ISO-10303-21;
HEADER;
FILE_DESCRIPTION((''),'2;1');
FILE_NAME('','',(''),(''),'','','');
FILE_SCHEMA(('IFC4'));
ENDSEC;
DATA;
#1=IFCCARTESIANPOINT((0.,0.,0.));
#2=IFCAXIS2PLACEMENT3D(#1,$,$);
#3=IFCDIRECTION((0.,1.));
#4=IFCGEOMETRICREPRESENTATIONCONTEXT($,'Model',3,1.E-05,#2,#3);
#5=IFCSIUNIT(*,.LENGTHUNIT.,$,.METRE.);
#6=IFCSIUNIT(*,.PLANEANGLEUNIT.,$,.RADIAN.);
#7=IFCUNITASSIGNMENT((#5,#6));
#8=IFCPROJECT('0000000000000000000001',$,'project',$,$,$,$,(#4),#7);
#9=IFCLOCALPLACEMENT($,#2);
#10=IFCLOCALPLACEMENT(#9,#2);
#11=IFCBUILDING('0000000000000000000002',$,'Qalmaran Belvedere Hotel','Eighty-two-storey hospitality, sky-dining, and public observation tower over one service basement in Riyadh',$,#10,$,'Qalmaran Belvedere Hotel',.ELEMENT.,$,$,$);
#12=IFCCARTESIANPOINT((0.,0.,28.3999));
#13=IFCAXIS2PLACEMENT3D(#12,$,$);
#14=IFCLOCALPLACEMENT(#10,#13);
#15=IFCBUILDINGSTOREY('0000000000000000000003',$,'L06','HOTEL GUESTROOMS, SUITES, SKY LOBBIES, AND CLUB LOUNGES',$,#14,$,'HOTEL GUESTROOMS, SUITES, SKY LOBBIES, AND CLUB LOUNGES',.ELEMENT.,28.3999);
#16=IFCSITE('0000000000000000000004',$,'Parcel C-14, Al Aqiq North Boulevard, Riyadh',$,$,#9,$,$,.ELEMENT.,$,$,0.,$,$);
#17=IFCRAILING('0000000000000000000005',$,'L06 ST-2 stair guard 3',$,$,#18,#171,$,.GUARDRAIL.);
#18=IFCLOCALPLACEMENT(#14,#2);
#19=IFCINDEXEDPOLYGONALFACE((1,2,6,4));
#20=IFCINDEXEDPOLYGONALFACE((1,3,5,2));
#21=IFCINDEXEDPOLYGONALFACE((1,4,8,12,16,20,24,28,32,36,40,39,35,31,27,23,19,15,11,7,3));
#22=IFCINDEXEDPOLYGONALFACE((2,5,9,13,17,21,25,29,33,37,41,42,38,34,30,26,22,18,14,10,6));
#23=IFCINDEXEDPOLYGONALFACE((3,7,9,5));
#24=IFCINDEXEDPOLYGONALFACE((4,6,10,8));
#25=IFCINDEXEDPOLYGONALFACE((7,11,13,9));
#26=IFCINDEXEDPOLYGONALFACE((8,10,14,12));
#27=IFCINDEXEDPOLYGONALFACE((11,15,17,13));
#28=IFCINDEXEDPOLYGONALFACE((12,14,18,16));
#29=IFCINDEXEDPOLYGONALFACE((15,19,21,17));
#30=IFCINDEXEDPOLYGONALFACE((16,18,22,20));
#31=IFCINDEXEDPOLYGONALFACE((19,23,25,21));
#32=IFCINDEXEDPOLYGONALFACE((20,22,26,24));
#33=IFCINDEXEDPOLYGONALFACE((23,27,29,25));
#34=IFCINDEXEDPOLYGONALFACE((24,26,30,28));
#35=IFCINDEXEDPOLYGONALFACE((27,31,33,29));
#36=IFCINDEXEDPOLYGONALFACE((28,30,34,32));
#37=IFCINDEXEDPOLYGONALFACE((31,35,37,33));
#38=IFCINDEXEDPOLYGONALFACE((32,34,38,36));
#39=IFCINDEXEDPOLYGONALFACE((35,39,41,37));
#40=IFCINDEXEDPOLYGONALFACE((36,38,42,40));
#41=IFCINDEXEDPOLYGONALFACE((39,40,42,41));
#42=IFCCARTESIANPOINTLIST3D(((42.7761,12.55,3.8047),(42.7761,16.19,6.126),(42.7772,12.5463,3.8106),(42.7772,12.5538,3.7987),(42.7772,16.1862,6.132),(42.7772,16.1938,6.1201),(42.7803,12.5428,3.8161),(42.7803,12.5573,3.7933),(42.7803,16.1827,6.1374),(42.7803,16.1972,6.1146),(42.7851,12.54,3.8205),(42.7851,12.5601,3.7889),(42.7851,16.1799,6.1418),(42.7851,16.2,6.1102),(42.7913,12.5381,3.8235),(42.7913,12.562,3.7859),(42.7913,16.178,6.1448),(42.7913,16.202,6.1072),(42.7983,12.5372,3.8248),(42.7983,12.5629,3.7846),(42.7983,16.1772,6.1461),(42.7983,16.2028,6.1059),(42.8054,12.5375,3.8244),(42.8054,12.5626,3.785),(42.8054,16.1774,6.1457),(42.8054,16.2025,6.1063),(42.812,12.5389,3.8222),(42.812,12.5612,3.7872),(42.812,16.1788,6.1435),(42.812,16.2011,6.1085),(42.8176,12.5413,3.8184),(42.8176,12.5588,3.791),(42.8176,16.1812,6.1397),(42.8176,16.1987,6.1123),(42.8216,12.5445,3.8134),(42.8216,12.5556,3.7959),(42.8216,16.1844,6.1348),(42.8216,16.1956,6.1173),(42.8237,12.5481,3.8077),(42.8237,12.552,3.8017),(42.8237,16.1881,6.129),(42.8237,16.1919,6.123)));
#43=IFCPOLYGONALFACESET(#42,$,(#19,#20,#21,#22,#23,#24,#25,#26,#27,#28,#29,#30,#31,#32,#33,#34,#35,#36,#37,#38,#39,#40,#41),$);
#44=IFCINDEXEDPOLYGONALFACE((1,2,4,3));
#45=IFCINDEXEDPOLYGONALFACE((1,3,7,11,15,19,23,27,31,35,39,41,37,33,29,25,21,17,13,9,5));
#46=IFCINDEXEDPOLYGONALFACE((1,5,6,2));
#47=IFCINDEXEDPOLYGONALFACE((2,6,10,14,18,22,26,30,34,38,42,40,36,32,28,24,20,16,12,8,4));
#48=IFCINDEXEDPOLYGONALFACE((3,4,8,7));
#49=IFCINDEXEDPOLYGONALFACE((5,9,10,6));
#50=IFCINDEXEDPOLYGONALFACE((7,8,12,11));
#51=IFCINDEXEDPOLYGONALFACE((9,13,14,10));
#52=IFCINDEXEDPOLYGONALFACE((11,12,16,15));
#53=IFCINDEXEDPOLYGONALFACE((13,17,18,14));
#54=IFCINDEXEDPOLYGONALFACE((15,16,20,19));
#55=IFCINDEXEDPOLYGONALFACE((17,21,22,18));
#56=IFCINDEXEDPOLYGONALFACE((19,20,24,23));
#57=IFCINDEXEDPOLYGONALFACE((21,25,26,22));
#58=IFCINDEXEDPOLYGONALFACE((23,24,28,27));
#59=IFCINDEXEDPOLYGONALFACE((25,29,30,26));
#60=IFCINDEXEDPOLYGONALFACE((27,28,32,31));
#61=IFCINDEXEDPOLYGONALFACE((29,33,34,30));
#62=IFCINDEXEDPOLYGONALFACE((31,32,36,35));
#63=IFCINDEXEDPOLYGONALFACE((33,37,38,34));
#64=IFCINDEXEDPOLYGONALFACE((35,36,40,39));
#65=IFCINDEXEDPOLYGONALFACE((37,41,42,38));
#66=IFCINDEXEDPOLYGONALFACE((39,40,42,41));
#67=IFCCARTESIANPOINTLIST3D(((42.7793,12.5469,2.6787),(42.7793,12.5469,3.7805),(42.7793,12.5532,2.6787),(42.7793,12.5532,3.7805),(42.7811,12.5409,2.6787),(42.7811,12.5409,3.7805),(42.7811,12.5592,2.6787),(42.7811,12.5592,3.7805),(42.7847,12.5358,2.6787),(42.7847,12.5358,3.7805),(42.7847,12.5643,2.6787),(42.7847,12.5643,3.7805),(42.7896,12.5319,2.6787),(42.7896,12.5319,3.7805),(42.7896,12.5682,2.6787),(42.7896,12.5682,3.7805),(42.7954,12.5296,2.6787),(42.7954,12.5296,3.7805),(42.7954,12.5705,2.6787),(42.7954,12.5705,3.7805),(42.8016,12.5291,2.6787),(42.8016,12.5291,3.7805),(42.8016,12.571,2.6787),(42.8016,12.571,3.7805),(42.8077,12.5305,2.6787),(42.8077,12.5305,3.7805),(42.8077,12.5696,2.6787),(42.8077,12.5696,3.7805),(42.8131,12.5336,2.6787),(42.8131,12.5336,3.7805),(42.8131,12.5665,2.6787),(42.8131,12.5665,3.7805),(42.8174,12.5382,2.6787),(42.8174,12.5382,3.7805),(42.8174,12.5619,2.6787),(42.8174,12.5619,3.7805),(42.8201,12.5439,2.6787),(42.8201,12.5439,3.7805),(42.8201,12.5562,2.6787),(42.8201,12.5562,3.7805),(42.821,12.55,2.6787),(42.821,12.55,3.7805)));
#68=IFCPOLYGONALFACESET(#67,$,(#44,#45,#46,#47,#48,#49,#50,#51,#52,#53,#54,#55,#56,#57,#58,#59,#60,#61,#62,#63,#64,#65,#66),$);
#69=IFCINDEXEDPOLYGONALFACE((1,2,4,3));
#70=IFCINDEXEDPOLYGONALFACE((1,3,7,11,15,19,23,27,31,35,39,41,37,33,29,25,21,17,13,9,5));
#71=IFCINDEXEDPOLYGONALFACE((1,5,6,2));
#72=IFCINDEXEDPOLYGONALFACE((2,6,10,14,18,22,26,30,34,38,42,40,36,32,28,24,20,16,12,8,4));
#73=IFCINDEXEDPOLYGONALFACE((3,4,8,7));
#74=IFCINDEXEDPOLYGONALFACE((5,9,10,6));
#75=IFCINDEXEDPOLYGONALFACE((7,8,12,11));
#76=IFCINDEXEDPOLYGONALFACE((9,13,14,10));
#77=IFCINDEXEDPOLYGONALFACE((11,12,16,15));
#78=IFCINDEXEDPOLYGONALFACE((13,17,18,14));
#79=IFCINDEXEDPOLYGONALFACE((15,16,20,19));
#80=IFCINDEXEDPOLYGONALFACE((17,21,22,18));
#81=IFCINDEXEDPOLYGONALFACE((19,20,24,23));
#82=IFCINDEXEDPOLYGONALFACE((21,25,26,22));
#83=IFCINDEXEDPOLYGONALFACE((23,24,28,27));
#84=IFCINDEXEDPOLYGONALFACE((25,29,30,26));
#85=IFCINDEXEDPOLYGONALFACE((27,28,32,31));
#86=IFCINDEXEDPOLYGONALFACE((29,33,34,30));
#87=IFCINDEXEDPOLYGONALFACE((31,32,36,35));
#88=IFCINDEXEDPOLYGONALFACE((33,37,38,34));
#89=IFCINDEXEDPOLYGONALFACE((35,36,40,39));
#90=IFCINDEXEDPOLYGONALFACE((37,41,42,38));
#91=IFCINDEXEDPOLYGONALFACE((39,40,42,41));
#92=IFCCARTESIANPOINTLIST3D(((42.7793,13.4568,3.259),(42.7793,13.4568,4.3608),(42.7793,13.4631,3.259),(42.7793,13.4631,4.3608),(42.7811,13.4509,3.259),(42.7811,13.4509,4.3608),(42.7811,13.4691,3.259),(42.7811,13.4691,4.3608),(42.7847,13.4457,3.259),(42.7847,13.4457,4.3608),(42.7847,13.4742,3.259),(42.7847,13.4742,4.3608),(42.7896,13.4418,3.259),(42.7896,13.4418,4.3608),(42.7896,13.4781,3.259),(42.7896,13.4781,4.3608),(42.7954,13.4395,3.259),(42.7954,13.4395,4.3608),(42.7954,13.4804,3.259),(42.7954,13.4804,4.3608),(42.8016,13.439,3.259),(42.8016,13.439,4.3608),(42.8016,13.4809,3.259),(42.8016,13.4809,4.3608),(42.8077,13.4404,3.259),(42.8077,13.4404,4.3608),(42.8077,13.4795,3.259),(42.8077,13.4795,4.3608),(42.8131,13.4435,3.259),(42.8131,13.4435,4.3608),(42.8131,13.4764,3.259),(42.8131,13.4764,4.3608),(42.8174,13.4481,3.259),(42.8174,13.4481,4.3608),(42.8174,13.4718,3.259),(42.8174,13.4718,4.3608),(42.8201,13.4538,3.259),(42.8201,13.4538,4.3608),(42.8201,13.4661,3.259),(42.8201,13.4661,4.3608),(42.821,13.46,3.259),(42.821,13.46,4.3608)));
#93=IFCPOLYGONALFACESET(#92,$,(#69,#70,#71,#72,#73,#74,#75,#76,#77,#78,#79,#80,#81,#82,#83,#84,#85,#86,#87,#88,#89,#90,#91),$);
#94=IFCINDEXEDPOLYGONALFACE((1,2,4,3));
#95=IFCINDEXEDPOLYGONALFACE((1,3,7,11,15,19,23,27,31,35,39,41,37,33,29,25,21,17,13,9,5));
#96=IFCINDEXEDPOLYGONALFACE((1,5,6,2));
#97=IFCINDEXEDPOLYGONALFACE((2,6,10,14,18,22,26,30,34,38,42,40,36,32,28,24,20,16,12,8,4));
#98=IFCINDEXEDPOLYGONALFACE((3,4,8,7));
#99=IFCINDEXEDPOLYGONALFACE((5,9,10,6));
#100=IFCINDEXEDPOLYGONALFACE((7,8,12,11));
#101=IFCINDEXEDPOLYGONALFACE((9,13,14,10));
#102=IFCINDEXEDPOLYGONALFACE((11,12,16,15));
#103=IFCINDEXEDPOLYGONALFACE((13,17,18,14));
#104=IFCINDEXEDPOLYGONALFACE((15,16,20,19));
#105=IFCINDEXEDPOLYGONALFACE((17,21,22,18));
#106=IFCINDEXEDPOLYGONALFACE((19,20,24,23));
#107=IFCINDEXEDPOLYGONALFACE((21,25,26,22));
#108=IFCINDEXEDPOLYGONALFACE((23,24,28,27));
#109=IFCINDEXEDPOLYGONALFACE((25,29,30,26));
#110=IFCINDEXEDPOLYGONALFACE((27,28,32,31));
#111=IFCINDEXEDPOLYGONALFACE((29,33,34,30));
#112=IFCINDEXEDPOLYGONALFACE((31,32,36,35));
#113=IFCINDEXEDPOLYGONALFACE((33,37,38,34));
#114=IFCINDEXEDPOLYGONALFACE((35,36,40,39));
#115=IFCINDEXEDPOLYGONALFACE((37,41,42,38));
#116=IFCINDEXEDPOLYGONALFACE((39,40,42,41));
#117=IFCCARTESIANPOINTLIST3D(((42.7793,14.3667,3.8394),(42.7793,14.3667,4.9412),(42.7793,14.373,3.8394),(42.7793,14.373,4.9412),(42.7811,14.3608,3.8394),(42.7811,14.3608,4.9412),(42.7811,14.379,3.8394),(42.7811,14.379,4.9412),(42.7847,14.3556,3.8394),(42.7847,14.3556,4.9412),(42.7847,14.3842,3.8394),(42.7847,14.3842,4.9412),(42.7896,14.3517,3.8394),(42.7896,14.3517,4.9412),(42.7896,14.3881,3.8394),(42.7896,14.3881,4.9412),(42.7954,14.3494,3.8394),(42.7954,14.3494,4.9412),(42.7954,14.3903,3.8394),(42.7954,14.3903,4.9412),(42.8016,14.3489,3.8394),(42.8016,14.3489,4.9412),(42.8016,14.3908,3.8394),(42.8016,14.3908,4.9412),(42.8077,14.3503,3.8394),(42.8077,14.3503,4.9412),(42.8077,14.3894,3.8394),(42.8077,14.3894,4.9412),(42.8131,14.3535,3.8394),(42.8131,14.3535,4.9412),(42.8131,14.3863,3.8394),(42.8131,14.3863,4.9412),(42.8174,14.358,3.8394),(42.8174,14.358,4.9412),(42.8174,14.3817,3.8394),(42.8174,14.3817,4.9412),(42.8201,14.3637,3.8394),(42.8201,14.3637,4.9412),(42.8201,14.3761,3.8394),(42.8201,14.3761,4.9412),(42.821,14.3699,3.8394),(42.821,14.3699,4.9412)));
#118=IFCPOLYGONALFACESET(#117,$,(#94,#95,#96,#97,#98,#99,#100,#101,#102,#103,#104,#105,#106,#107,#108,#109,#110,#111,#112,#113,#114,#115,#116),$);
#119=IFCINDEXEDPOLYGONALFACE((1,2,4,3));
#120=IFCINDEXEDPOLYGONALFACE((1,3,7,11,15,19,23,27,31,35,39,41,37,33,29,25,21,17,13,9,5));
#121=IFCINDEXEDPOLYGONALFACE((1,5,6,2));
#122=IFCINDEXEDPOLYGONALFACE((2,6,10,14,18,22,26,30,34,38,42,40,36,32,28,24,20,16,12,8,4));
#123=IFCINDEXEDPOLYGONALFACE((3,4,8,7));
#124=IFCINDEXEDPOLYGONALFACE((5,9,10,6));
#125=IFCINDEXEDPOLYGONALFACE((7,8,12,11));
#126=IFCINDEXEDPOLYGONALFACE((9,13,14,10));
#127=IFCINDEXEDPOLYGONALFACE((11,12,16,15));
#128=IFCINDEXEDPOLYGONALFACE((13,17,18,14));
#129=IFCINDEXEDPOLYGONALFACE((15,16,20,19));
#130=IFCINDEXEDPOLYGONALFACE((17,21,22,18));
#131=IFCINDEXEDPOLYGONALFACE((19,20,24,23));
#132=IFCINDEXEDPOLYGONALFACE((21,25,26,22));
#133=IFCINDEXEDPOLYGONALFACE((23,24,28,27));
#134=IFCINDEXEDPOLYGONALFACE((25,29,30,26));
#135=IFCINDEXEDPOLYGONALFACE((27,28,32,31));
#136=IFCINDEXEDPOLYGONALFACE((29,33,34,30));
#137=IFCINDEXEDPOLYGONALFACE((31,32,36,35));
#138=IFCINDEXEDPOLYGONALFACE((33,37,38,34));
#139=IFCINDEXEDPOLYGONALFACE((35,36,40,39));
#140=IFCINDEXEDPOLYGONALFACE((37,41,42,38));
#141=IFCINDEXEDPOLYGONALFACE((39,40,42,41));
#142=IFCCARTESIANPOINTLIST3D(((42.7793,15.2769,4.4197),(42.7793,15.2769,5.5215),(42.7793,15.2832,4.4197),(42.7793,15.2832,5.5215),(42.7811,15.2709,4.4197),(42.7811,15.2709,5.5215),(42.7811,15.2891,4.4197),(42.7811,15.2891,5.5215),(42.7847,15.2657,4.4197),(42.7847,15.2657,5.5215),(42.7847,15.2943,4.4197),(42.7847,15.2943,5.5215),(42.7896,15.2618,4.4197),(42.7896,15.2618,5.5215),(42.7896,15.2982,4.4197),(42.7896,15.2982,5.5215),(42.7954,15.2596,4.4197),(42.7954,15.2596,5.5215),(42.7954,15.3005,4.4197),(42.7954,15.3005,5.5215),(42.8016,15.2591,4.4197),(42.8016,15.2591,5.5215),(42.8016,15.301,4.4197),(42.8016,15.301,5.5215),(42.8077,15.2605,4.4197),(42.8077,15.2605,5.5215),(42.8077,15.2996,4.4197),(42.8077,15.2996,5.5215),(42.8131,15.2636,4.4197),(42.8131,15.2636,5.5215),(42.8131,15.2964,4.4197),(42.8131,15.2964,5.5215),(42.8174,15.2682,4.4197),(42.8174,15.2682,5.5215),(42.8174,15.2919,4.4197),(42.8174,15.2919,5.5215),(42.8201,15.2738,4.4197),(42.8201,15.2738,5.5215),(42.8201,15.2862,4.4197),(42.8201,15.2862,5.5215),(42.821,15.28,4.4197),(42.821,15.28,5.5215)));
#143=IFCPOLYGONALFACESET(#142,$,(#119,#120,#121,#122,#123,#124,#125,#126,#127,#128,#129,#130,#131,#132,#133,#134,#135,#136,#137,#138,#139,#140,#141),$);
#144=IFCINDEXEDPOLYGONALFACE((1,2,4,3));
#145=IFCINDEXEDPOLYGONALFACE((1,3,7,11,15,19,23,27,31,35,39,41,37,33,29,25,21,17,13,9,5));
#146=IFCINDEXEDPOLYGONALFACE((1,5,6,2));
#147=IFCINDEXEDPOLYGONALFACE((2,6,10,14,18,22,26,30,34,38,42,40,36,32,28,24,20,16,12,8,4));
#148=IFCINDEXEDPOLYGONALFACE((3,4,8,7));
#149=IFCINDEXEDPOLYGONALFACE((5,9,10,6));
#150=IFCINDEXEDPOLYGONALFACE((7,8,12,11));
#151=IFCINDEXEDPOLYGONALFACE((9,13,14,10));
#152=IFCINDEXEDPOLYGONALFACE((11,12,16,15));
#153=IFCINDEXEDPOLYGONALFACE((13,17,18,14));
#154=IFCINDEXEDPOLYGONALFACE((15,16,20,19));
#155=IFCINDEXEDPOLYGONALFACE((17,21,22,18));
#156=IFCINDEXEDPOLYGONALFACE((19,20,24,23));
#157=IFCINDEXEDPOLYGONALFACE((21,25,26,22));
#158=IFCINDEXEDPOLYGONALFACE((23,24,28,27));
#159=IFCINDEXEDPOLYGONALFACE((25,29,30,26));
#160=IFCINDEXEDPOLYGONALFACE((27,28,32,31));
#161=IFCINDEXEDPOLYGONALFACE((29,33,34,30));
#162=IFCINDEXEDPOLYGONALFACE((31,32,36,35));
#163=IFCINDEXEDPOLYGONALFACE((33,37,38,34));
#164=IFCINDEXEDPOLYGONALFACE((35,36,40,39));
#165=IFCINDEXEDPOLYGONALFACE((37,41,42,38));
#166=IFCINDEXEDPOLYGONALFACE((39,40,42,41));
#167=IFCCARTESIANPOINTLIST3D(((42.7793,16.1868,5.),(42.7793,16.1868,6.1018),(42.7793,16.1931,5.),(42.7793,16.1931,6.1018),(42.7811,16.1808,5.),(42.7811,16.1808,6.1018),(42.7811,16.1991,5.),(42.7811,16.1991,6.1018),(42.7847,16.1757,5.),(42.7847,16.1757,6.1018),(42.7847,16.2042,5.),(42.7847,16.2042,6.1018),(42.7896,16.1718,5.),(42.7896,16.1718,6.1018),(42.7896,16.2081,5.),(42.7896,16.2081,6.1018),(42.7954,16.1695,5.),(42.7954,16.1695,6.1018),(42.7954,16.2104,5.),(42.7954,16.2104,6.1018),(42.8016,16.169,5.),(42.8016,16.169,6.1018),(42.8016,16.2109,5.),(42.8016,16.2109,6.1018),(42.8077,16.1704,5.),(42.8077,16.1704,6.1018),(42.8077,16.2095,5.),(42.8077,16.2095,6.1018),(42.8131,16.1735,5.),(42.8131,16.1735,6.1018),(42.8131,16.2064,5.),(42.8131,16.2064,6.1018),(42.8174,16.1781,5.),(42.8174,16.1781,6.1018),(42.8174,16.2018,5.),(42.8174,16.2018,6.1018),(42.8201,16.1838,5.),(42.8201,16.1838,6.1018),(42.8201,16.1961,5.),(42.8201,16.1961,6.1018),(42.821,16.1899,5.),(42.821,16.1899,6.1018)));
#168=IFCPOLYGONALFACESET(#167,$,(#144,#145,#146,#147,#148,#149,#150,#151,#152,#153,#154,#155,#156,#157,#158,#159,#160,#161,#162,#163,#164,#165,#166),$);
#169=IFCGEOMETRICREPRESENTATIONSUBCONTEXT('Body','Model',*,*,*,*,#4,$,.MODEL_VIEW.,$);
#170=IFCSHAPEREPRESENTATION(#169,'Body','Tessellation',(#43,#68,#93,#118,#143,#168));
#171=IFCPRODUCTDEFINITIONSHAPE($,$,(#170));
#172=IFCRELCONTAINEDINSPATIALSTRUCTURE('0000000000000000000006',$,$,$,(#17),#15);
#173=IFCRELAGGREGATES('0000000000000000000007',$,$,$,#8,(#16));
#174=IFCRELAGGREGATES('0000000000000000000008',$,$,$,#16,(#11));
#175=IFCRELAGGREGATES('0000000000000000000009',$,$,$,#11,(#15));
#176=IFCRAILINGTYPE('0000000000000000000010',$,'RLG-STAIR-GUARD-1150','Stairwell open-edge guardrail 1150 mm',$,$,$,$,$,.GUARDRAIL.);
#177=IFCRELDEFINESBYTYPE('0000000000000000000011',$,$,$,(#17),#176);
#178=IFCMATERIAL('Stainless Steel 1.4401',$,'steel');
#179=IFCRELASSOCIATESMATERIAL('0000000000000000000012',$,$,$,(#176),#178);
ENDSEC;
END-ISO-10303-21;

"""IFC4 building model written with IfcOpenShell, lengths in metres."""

from ifc_helpers import new_model, si_unit, direction, frame, origin, origin_2d, place, context, subcontext, project, spatial, circle, extrude, material, type_object, element, save


model = new_model("IFC4")

# Units and contexts
model_context = context("Model", 3, precision=1e-05, world=origin(), true_north=direction((0.0, 1.0)))
body_context = subcontext(model_context, "Body", "Model", "MODEL_VIEW")
ifc_project = project(units=[si_unit("LENGTHUNIT", "METRE"), si_unit("PLANEANGLEUNIT", "RADIAN")], contexts=[model_context])

# Site, building, storey
site_placement = place(None, origin())
site = spatial("IfcSite", under=ifc_project, at=site_placement, Name="Parcel C-14, Al Aqiq North Boulevard, Riyadh", CompositionType="ELEMENT", RefElevation=0.0)
building_placement = place(site_placement, origin())
building = spatial("IfcBuilding", under=site, at=building_placement, Name="Qalmaran Belvedere Hotel", Description="Eighty-two-storey hospitality, sky-dining, and public observation tower over one service basement in Riyadh", LongName="Qalmaran Belvedere Hotel", CompositionType="ELEMENT")
storey_placement = place(building_placement, frame((0.0, 0.0, 28.3999)))
storey = spatial("IfcBuildingStorey", under=building, at=storey_placement, Name="L06", Description="HOTEL GUESTROOMS, SUITES, SKY LOBBIES, AND CLUB LOUNGES", LongName="HOTEL GUESTROOMS, SUITES, SKY LOBBIES, AND CLUB LOUNGES", CompositionType="ELEMENT", Elevation=28.3999)

# Shared definitions
ifc_material_1 = material(Name="Stainless Steel 1.4401", Category="steel")

# Railing
railing_type_1 = type_object("IfcRailingType", Name="RLG-STAIR-GUARD-1150", Description="Stairwell open-edge guardrail 1150 mm", PredefinedType="GUARDRAIL", material=ifc_material_1)
railing_1_placement = place(storey_placement, frame((42.8, 12.55, 2.6787)))
element("IfcRailing", 1, at=railing_1_placement, inside=storey, type_object=railing_type_1, Name="L06 ST-2 stair guard 3", PredefinedType="GUARDRAIL", context=body_context, shape_type="SweptSolid", body=[
    extrude(circle(Radius=0.0239, at=origin_2d()), frame((0.0, 0.0, 1.126), z_axis=(0.0, 0.843137, 0.537699), x_axis=(-1.0, 0.0, 0.0)), (0.0, 0.0, 1.0), 4.3171),
    extrude(circle(Radius=0.021, at=origin_2d()), origin(), (0.0, 0.0, 1.0), 1.1018),
    extrude(circle(Radius=0.021, at=origin_2d()), frame((0.0, 0.9099, 0.5803)), (0.0, 0.0, 1.0), 1.1018),
    extrude(circle(Radius=0.021, at=origin_2d()), frame((0.0, 1.8198, 1.1606)), (0.0, 0.0, 1.0), 1.1018),
    extrude(circle(Radius=0.021, at=origin_2d()), frame((0.0, 2.73, 1.741)), (0.0, 0.0, 1.0), 1.1018),
    extrude(circle(Radius=0.021, at=origin_2d()), frame((0.0, 3.6399, 2.3213)), (0.0, 0.0, 1.0), 1.1018),
])

save(model, "model.ifc")
